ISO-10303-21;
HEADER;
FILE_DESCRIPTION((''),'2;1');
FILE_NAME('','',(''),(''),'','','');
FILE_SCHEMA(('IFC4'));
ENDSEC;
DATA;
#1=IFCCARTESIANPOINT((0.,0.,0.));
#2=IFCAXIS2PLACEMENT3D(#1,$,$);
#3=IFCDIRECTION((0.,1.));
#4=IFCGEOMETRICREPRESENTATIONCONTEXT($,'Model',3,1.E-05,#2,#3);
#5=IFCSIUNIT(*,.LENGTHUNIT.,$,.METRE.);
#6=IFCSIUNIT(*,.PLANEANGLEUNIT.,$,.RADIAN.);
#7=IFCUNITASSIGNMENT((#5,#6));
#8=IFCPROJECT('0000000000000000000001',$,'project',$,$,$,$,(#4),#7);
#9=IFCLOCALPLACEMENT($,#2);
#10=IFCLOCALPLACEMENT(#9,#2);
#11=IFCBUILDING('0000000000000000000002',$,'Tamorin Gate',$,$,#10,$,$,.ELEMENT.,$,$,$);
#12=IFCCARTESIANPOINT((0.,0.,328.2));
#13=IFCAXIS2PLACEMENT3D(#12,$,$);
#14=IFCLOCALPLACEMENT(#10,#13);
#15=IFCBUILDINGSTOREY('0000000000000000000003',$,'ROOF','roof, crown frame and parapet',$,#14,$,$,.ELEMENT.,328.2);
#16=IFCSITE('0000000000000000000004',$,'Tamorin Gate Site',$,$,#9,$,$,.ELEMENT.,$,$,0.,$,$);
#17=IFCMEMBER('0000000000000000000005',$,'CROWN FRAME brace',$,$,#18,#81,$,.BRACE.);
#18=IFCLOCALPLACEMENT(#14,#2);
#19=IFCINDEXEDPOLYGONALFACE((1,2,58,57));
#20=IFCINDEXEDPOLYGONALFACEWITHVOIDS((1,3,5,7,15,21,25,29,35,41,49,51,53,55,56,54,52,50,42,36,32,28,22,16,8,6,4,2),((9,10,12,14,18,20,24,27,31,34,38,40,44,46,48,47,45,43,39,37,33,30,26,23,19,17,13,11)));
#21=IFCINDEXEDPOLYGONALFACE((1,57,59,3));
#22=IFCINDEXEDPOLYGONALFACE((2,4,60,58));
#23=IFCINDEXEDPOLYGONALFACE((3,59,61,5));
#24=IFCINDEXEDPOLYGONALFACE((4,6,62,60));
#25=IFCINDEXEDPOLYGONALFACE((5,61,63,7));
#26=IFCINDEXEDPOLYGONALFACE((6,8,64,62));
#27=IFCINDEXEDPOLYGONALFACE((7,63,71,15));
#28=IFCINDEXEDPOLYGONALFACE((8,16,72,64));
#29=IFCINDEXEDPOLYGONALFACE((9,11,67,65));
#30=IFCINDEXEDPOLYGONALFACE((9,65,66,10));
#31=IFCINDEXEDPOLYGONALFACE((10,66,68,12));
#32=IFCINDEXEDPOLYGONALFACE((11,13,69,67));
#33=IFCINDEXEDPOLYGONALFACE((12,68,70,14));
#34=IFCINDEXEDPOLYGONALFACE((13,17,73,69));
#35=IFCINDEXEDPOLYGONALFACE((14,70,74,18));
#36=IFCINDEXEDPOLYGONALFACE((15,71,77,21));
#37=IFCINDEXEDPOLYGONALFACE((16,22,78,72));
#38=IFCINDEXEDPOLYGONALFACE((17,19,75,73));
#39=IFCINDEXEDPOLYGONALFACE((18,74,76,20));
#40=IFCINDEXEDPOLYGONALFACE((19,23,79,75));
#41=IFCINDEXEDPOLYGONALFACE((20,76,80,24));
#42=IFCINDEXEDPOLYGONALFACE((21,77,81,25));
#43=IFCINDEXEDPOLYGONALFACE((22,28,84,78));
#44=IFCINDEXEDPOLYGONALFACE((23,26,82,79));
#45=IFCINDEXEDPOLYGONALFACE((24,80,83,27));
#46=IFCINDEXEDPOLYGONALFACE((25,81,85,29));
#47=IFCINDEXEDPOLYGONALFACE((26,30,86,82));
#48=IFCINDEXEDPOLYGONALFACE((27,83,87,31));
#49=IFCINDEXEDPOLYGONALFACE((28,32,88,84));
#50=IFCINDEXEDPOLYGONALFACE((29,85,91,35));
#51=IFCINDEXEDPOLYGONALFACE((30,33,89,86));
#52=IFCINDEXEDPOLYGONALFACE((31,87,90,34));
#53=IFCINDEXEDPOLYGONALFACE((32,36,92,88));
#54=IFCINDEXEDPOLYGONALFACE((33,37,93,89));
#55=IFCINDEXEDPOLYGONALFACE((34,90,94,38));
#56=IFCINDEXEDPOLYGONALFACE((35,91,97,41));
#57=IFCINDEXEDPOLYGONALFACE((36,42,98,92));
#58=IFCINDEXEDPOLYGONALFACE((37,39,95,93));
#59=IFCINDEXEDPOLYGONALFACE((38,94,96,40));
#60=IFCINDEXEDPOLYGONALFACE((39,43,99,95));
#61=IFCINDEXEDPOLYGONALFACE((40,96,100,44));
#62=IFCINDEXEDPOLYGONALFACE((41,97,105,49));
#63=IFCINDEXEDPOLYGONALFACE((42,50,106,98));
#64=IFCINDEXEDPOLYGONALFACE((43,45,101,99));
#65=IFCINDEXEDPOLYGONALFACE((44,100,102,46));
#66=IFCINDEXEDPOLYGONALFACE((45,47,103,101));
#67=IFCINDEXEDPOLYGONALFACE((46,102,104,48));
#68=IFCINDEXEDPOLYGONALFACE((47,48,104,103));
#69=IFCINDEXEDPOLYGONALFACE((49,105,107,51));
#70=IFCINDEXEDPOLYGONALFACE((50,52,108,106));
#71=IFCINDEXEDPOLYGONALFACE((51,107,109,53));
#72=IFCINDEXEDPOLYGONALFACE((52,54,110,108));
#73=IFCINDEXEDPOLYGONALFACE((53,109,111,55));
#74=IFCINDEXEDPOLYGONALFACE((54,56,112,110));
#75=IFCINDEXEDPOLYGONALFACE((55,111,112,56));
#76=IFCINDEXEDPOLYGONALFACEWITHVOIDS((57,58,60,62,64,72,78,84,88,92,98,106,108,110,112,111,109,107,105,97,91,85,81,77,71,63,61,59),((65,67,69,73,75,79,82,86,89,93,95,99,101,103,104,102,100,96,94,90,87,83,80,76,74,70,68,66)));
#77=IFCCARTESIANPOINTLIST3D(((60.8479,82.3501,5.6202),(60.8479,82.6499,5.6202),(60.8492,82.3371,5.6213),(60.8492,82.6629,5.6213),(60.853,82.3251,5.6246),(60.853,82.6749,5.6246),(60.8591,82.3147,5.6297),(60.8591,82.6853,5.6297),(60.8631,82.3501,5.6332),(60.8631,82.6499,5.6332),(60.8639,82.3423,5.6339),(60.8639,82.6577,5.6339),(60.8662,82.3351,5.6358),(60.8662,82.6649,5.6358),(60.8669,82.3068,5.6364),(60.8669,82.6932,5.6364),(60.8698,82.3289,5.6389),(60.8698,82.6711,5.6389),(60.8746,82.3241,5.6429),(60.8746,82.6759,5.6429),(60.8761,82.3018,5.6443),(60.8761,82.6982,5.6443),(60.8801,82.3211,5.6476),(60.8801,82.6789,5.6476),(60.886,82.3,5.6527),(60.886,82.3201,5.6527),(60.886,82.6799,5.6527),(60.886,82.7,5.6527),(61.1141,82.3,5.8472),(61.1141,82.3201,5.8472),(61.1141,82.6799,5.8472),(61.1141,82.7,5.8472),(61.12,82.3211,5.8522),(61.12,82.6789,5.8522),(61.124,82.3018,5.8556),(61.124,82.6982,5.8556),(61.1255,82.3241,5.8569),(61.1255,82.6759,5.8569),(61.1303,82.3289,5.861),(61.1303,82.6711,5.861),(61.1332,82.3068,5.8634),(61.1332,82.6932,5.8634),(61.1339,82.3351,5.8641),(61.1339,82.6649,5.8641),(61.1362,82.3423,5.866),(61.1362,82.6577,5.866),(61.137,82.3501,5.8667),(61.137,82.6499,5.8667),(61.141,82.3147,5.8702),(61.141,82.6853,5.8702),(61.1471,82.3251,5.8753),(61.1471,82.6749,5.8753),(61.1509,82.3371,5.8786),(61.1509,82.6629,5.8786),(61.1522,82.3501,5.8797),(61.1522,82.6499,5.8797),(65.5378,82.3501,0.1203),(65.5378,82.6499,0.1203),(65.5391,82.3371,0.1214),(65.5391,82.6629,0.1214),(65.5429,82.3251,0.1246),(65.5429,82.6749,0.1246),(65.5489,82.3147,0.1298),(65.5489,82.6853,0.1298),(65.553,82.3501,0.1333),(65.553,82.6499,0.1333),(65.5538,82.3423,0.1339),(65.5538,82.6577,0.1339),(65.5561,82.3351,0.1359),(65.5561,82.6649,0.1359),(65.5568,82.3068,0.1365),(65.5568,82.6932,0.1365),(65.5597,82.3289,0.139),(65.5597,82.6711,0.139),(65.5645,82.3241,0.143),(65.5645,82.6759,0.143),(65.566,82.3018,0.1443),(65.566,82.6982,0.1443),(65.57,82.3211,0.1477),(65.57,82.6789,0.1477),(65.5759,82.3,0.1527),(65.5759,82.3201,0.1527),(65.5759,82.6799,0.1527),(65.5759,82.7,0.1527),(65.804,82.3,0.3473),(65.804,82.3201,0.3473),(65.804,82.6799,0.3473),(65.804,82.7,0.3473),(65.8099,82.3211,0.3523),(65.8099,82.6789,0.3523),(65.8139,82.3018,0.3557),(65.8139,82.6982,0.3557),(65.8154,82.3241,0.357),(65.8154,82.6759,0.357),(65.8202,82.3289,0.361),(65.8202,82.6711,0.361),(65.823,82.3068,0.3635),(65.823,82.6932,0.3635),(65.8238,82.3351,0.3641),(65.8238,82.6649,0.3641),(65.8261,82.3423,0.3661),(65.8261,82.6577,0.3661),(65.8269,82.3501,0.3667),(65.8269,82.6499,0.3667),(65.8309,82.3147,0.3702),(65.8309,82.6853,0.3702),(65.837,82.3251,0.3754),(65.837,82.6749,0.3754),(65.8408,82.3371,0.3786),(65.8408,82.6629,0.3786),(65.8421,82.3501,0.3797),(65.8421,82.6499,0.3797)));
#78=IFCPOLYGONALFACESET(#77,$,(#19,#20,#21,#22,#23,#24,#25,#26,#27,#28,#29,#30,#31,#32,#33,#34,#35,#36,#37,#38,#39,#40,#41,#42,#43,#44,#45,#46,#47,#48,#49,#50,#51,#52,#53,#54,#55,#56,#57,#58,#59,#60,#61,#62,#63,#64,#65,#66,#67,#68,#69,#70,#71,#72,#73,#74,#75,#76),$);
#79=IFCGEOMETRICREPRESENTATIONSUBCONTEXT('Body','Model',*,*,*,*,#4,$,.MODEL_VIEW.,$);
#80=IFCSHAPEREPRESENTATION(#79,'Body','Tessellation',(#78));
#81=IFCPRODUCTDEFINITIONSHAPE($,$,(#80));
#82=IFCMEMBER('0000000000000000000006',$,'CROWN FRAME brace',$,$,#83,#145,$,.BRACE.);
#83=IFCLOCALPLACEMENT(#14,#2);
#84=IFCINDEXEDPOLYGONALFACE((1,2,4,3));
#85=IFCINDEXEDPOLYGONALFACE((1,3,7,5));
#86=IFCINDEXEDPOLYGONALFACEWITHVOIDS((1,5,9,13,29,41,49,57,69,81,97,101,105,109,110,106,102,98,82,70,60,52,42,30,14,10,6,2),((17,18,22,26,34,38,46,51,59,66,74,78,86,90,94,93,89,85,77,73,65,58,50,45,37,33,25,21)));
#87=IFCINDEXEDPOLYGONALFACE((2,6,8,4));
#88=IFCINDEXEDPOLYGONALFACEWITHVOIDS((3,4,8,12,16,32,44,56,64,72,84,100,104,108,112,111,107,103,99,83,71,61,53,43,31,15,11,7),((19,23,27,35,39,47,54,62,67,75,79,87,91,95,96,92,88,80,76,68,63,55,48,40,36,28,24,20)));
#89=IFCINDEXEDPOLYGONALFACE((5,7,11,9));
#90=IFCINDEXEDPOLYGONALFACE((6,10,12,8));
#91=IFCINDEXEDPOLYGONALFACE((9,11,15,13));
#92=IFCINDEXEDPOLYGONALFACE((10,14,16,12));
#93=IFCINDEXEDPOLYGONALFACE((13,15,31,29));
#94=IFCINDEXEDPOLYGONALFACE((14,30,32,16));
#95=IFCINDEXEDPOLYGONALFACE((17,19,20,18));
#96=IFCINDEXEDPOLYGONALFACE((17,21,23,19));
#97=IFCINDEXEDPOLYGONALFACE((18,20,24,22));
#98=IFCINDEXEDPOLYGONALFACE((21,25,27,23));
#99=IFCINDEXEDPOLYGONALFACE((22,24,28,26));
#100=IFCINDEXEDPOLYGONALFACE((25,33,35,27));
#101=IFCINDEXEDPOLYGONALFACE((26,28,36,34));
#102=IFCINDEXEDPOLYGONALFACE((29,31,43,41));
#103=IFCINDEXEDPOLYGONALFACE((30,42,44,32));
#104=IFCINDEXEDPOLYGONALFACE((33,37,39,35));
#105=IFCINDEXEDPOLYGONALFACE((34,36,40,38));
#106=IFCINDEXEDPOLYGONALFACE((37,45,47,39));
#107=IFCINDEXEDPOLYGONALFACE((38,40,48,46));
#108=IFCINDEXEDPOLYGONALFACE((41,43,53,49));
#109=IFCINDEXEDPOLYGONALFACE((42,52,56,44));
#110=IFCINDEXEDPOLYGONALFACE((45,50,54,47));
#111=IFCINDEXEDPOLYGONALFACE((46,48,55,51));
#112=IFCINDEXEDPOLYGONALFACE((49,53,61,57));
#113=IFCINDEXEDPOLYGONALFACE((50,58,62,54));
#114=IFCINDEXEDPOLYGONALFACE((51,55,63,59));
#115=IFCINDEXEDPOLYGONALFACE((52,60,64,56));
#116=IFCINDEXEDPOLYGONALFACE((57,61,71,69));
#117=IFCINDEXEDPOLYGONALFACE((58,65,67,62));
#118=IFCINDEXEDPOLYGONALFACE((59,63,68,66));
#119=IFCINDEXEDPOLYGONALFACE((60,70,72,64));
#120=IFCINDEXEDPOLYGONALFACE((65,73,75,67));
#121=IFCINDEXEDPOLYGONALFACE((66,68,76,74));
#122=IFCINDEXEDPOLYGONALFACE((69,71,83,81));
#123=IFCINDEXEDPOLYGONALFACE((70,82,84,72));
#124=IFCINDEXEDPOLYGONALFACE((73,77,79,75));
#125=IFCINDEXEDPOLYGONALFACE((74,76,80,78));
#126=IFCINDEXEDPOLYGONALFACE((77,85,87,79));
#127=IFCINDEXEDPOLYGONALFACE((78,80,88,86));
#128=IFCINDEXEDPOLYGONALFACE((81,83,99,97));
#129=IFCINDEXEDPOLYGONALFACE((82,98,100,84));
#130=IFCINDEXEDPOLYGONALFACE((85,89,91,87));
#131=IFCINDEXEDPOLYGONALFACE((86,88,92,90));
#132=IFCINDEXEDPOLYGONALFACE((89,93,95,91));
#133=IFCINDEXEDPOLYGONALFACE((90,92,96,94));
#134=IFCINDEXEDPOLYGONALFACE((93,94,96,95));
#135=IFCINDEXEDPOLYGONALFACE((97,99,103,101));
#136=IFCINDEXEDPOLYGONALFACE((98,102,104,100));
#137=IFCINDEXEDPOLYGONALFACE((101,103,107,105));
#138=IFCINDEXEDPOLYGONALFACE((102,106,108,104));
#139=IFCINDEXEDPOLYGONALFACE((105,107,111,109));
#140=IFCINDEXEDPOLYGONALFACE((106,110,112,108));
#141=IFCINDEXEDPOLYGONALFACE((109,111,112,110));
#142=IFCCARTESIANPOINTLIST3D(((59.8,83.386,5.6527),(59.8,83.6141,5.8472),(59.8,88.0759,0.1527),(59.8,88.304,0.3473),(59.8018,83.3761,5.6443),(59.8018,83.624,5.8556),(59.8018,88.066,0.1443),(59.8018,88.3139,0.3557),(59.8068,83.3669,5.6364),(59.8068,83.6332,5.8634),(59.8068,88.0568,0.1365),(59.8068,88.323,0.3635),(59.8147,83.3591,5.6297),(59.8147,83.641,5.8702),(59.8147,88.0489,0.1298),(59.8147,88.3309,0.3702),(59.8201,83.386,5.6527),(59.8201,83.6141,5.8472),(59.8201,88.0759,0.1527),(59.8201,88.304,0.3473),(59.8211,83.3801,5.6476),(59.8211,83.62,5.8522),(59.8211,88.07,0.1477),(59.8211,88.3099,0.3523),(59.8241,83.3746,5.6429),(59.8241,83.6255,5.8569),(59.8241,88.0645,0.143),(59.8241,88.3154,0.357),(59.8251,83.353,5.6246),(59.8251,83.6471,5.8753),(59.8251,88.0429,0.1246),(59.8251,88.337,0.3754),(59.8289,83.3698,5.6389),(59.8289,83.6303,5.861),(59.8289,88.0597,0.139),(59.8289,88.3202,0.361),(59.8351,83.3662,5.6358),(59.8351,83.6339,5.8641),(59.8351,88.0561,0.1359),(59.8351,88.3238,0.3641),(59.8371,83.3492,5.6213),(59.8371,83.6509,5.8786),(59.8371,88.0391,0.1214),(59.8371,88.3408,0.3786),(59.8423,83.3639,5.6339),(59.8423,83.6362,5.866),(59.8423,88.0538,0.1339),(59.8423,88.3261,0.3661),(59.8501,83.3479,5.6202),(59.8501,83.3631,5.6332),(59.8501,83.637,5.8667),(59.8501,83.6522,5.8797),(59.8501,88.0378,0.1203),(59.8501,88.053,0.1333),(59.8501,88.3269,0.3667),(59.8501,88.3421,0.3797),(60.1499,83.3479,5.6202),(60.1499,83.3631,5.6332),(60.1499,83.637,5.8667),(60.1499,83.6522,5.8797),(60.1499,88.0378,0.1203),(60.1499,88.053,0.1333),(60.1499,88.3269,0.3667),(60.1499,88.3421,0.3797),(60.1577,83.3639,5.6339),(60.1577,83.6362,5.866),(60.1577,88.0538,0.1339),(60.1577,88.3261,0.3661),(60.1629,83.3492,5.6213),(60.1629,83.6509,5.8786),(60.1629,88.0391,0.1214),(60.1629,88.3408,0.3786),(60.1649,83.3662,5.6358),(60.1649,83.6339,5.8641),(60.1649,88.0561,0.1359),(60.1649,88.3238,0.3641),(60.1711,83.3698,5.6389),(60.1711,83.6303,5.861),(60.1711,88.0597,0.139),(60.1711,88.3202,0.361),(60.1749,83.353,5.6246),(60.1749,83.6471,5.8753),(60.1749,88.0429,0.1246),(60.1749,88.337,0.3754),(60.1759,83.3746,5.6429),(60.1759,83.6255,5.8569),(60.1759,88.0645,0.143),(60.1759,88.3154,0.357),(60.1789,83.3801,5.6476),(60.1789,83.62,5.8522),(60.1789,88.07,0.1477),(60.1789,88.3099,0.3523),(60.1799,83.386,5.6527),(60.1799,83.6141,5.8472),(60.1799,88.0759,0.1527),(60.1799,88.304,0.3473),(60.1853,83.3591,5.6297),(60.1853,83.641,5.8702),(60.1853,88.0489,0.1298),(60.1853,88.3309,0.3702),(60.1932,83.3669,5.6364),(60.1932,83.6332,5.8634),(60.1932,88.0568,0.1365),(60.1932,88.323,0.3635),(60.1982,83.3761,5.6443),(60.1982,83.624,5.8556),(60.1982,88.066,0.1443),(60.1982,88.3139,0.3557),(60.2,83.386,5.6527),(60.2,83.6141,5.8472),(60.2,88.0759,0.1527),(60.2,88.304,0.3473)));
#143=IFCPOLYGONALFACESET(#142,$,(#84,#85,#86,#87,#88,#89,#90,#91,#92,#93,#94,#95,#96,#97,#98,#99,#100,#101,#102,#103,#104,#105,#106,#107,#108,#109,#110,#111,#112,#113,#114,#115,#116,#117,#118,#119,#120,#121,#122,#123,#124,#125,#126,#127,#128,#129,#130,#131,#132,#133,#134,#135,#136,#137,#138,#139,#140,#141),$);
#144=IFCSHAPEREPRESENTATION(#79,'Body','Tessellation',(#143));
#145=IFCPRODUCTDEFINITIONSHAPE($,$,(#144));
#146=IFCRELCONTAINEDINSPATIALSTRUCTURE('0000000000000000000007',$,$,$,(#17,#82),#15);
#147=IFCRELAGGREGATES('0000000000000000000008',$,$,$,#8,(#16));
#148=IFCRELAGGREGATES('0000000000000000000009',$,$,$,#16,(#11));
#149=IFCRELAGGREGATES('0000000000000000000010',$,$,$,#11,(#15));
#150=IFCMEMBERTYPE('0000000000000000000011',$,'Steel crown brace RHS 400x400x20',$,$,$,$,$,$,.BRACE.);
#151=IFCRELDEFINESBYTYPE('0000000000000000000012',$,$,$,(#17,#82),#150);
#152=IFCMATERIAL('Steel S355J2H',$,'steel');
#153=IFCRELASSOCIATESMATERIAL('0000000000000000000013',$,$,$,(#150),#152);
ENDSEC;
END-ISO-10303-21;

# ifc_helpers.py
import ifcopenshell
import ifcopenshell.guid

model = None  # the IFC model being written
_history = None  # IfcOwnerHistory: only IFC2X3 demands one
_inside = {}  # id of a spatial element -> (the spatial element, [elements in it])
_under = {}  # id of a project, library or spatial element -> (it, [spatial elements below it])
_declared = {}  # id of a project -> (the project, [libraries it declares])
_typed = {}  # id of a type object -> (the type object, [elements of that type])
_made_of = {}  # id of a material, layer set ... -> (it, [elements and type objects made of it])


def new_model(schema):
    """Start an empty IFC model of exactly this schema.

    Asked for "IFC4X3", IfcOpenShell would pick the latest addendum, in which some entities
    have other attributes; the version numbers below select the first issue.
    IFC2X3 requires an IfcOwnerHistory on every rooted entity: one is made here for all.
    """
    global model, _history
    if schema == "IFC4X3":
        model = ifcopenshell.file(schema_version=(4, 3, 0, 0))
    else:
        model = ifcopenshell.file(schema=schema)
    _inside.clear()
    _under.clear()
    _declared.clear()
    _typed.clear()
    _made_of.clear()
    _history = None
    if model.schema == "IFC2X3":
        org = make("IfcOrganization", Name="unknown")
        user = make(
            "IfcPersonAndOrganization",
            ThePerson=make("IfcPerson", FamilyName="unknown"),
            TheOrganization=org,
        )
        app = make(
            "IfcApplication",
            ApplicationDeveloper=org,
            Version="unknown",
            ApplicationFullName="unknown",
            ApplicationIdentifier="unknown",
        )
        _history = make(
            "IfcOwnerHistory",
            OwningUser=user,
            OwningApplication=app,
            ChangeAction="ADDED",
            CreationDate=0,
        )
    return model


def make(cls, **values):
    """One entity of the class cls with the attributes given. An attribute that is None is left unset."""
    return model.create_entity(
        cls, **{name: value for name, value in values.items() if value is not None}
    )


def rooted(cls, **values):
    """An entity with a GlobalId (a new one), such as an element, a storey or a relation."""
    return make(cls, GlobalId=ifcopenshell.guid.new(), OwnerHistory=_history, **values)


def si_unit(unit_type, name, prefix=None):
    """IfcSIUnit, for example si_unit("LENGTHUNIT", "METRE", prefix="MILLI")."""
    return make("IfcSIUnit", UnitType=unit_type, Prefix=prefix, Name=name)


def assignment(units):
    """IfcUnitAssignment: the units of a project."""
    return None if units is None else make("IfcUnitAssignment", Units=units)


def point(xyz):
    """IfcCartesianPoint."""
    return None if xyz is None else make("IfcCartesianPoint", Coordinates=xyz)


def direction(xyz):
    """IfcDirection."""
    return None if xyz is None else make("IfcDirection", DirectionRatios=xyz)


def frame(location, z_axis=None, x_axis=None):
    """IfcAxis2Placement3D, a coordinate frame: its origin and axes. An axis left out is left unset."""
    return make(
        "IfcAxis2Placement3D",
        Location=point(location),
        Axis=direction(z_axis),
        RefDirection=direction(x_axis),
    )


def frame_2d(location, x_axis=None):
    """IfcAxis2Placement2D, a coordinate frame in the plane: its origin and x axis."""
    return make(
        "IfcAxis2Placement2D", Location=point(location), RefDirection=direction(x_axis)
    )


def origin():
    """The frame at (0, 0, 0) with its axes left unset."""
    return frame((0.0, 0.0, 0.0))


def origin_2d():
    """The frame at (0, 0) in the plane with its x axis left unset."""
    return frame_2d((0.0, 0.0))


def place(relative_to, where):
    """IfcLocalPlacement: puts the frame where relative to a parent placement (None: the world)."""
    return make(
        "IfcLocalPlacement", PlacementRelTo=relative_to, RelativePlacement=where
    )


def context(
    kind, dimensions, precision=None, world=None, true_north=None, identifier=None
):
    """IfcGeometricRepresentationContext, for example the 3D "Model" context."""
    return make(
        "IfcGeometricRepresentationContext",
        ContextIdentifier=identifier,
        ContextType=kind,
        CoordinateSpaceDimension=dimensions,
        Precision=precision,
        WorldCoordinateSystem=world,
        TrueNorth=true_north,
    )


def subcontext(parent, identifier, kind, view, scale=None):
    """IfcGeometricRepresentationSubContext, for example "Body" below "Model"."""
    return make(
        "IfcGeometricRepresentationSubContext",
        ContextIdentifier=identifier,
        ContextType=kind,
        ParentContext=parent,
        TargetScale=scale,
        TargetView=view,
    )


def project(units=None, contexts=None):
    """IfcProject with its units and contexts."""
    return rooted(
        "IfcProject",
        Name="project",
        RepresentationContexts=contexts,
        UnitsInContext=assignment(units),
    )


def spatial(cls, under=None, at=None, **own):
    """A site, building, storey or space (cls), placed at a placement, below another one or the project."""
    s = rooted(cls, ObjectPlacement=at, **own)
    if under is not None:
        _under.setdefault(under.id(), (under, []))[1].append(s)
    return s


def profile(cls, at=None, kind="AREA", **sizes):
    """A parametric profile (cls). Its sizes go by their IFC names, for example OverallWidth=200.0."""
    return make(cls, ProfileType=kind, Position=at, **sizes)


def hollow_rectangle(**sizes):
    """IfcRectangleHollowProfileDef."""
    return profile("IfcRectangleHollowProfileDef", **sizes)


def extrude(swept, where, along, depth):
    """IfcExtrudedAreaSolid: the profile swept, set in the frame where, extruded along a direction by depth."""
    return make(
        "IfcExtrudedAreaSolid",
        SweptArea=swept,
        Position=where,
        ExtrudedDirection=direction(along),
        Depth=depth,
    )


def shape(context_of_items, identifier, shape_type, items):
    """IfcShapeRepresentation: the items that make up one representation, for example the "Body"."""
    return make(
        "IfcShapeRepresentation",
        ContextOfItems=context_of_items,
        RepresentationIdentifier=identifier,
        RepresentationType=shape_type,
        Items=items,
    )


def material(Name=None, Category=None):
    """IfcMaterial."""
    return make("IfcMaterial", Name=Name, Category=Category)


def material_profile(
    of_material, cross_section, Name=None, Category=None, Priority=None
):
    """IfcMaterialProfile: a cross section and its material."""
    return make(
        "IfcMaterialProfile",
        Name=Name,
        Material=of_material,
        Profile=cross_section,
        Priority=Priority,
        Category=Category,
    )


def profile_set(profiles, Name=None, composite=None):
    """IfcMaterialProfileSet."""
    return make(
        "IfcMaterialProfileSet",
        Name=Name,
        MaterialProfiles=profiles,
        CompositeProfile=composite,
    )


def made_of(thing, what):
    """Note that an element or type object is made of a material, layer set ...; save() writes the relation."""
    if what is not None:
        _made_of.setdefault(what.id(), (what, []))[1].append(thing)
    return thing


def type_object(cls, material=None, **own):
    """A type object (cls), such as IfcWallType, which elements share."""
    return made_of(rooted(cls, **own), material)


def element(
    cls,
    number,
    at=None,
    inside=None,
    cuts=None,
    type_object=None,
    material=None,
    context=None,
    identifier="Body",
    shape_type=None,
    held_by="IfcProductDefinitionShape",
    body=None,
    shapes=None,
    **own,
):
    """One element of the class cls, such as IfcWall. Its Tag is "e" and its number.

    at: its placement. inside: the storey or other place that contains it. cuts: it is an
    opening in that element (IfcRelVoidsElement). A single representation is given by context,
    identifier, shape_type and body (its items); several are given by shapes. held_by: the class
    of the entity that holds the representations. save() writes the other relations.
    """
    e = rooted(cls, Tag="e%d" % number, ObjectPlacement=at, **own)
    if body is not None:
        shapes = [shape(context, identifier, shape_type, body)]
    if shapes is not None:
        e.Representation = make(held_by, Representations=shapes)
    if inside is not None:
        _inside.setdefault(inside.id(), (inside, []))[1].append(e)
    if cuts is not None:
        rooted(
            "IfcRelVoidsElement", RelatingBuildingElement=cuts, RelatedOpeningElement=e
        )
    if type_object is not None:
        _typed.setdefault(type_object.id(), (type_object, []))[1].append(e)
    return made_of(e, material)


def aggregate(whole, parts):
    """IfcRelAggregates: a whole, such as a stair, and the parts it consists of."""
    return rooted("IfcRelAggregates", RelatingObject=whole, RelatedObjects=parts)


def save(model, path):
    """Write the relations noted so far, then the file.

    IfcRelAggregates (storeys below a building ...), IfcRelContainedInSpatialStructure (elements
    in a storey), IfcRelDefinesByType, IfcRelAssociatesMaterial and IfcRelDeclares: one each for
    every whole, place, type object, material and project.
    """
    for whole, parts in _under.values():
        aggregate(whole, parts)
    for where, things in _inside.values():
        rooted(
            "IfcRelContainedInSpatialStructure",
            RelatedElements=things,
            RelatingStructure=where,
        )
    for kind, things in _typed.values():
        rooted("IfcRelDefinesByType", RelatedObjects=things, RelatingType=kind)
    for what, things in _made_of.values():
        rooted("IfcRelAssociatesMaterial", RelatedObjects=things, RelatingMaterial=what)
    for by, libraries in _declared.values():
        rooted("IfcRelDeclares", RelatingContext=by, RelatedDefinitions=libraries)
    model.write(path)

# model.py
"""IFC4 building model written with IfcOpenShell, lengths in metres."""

from ifc_helpers import new_model, si_unit, direction, frame, origin, origin_2d, place, context, subcontext, project, spatial, hollow_rectangle, extrude, material, material_profile, profile_set, type_object, element, save


model = new_model("IFC4")

# Units and contexts
model_context = context("Model", 3, precision=1e-05, world=origin(), true_north=direction((0.0, 1.0)))
body_context = subcontext(model_context, "Body", "Model", "MODEL_VIEW")
ifc_project = project(units=[si_unit("LENGTHUNIT", "METRE"), si_unit("PLANEANGLEUNIT", "RADIAN")], contexts=[model_context])

# Site, building, storey
site_placement = place(None, origin())
site = spatial("IfcSite", under=ifc_project, at=site_placement, Name="Tamorin Gate Site", CompositionType="ELEMENT", RefElevation=0.0)
building_placement = place(site_placement, origin())
building = spatial("IfcBuilding", under=site, at=building_placement, Name="Tamorin Gate", CompositionType="ELEMENT")
storey_placement = place(building_placement, frame((0.0, 0.0, 328.2)))
storey = spatial("IfcBuildingStorey", under=building, at=storey_placement, Name="ROOF", Description="roof, crown frame and parapet", CompositionType="ELEMENT", Elevation=328.2)

# Members
ifc_material_1 = material(Name="Steel S355J2H", Category="steel")
ifc_material_profile_1 = material_profile(ifc_material_1, hollow_rectangle(XDim=0.3999, YDim=0.3999, WallThickness=0.02, InnerFilletRadius=0.03, OuterFilletRadius=0.05, at=origin_2d()), Name="RHS 400x400x20")
ifc_profile_set_1 = profile_set([ifc_material_profile_1], Name="Steel S355J2H")
member_type_1 = type_object("IfcMemberType", Name="Steel crown brace RHS 400x400x20", PredefinedType="BRACE", material=ifc_profile_set_1)
for number, where, z_axis, x_axis, name in (
    (1, (65.6899, 82.5, 0.25), (-0.648848, 0.0, 0.760918), (0.0, -1.0, 0.0), "CROWN FRAME brace"),
    (2, (60.0, 88.1899, 0.25), (0.0, -0.648848, 0.760918), (1.0, 0.0, 0.0), "CROWN FRAME brace"),
):
    element("IfcMember", number, at=place(storey_placement, frame(where, z_axis=z_axis, x_axis=x_axis)), inside=storey, type_object=member_type_1, Name=name, PredefinedType="BRACE", context=body_context, shape_type="SweptSolid", body=[
        extrude(hollow_rectangle(XDim=0.3999, YDim=0.3999, WallThickness=0.02, InnerFilletRadius=0.03, OuterFilletRadius=0.05, at=origin_2d()), origin(), (0.0, 0.0, 1.0), 7.228),
    ])

save(model, "model.ifc")
